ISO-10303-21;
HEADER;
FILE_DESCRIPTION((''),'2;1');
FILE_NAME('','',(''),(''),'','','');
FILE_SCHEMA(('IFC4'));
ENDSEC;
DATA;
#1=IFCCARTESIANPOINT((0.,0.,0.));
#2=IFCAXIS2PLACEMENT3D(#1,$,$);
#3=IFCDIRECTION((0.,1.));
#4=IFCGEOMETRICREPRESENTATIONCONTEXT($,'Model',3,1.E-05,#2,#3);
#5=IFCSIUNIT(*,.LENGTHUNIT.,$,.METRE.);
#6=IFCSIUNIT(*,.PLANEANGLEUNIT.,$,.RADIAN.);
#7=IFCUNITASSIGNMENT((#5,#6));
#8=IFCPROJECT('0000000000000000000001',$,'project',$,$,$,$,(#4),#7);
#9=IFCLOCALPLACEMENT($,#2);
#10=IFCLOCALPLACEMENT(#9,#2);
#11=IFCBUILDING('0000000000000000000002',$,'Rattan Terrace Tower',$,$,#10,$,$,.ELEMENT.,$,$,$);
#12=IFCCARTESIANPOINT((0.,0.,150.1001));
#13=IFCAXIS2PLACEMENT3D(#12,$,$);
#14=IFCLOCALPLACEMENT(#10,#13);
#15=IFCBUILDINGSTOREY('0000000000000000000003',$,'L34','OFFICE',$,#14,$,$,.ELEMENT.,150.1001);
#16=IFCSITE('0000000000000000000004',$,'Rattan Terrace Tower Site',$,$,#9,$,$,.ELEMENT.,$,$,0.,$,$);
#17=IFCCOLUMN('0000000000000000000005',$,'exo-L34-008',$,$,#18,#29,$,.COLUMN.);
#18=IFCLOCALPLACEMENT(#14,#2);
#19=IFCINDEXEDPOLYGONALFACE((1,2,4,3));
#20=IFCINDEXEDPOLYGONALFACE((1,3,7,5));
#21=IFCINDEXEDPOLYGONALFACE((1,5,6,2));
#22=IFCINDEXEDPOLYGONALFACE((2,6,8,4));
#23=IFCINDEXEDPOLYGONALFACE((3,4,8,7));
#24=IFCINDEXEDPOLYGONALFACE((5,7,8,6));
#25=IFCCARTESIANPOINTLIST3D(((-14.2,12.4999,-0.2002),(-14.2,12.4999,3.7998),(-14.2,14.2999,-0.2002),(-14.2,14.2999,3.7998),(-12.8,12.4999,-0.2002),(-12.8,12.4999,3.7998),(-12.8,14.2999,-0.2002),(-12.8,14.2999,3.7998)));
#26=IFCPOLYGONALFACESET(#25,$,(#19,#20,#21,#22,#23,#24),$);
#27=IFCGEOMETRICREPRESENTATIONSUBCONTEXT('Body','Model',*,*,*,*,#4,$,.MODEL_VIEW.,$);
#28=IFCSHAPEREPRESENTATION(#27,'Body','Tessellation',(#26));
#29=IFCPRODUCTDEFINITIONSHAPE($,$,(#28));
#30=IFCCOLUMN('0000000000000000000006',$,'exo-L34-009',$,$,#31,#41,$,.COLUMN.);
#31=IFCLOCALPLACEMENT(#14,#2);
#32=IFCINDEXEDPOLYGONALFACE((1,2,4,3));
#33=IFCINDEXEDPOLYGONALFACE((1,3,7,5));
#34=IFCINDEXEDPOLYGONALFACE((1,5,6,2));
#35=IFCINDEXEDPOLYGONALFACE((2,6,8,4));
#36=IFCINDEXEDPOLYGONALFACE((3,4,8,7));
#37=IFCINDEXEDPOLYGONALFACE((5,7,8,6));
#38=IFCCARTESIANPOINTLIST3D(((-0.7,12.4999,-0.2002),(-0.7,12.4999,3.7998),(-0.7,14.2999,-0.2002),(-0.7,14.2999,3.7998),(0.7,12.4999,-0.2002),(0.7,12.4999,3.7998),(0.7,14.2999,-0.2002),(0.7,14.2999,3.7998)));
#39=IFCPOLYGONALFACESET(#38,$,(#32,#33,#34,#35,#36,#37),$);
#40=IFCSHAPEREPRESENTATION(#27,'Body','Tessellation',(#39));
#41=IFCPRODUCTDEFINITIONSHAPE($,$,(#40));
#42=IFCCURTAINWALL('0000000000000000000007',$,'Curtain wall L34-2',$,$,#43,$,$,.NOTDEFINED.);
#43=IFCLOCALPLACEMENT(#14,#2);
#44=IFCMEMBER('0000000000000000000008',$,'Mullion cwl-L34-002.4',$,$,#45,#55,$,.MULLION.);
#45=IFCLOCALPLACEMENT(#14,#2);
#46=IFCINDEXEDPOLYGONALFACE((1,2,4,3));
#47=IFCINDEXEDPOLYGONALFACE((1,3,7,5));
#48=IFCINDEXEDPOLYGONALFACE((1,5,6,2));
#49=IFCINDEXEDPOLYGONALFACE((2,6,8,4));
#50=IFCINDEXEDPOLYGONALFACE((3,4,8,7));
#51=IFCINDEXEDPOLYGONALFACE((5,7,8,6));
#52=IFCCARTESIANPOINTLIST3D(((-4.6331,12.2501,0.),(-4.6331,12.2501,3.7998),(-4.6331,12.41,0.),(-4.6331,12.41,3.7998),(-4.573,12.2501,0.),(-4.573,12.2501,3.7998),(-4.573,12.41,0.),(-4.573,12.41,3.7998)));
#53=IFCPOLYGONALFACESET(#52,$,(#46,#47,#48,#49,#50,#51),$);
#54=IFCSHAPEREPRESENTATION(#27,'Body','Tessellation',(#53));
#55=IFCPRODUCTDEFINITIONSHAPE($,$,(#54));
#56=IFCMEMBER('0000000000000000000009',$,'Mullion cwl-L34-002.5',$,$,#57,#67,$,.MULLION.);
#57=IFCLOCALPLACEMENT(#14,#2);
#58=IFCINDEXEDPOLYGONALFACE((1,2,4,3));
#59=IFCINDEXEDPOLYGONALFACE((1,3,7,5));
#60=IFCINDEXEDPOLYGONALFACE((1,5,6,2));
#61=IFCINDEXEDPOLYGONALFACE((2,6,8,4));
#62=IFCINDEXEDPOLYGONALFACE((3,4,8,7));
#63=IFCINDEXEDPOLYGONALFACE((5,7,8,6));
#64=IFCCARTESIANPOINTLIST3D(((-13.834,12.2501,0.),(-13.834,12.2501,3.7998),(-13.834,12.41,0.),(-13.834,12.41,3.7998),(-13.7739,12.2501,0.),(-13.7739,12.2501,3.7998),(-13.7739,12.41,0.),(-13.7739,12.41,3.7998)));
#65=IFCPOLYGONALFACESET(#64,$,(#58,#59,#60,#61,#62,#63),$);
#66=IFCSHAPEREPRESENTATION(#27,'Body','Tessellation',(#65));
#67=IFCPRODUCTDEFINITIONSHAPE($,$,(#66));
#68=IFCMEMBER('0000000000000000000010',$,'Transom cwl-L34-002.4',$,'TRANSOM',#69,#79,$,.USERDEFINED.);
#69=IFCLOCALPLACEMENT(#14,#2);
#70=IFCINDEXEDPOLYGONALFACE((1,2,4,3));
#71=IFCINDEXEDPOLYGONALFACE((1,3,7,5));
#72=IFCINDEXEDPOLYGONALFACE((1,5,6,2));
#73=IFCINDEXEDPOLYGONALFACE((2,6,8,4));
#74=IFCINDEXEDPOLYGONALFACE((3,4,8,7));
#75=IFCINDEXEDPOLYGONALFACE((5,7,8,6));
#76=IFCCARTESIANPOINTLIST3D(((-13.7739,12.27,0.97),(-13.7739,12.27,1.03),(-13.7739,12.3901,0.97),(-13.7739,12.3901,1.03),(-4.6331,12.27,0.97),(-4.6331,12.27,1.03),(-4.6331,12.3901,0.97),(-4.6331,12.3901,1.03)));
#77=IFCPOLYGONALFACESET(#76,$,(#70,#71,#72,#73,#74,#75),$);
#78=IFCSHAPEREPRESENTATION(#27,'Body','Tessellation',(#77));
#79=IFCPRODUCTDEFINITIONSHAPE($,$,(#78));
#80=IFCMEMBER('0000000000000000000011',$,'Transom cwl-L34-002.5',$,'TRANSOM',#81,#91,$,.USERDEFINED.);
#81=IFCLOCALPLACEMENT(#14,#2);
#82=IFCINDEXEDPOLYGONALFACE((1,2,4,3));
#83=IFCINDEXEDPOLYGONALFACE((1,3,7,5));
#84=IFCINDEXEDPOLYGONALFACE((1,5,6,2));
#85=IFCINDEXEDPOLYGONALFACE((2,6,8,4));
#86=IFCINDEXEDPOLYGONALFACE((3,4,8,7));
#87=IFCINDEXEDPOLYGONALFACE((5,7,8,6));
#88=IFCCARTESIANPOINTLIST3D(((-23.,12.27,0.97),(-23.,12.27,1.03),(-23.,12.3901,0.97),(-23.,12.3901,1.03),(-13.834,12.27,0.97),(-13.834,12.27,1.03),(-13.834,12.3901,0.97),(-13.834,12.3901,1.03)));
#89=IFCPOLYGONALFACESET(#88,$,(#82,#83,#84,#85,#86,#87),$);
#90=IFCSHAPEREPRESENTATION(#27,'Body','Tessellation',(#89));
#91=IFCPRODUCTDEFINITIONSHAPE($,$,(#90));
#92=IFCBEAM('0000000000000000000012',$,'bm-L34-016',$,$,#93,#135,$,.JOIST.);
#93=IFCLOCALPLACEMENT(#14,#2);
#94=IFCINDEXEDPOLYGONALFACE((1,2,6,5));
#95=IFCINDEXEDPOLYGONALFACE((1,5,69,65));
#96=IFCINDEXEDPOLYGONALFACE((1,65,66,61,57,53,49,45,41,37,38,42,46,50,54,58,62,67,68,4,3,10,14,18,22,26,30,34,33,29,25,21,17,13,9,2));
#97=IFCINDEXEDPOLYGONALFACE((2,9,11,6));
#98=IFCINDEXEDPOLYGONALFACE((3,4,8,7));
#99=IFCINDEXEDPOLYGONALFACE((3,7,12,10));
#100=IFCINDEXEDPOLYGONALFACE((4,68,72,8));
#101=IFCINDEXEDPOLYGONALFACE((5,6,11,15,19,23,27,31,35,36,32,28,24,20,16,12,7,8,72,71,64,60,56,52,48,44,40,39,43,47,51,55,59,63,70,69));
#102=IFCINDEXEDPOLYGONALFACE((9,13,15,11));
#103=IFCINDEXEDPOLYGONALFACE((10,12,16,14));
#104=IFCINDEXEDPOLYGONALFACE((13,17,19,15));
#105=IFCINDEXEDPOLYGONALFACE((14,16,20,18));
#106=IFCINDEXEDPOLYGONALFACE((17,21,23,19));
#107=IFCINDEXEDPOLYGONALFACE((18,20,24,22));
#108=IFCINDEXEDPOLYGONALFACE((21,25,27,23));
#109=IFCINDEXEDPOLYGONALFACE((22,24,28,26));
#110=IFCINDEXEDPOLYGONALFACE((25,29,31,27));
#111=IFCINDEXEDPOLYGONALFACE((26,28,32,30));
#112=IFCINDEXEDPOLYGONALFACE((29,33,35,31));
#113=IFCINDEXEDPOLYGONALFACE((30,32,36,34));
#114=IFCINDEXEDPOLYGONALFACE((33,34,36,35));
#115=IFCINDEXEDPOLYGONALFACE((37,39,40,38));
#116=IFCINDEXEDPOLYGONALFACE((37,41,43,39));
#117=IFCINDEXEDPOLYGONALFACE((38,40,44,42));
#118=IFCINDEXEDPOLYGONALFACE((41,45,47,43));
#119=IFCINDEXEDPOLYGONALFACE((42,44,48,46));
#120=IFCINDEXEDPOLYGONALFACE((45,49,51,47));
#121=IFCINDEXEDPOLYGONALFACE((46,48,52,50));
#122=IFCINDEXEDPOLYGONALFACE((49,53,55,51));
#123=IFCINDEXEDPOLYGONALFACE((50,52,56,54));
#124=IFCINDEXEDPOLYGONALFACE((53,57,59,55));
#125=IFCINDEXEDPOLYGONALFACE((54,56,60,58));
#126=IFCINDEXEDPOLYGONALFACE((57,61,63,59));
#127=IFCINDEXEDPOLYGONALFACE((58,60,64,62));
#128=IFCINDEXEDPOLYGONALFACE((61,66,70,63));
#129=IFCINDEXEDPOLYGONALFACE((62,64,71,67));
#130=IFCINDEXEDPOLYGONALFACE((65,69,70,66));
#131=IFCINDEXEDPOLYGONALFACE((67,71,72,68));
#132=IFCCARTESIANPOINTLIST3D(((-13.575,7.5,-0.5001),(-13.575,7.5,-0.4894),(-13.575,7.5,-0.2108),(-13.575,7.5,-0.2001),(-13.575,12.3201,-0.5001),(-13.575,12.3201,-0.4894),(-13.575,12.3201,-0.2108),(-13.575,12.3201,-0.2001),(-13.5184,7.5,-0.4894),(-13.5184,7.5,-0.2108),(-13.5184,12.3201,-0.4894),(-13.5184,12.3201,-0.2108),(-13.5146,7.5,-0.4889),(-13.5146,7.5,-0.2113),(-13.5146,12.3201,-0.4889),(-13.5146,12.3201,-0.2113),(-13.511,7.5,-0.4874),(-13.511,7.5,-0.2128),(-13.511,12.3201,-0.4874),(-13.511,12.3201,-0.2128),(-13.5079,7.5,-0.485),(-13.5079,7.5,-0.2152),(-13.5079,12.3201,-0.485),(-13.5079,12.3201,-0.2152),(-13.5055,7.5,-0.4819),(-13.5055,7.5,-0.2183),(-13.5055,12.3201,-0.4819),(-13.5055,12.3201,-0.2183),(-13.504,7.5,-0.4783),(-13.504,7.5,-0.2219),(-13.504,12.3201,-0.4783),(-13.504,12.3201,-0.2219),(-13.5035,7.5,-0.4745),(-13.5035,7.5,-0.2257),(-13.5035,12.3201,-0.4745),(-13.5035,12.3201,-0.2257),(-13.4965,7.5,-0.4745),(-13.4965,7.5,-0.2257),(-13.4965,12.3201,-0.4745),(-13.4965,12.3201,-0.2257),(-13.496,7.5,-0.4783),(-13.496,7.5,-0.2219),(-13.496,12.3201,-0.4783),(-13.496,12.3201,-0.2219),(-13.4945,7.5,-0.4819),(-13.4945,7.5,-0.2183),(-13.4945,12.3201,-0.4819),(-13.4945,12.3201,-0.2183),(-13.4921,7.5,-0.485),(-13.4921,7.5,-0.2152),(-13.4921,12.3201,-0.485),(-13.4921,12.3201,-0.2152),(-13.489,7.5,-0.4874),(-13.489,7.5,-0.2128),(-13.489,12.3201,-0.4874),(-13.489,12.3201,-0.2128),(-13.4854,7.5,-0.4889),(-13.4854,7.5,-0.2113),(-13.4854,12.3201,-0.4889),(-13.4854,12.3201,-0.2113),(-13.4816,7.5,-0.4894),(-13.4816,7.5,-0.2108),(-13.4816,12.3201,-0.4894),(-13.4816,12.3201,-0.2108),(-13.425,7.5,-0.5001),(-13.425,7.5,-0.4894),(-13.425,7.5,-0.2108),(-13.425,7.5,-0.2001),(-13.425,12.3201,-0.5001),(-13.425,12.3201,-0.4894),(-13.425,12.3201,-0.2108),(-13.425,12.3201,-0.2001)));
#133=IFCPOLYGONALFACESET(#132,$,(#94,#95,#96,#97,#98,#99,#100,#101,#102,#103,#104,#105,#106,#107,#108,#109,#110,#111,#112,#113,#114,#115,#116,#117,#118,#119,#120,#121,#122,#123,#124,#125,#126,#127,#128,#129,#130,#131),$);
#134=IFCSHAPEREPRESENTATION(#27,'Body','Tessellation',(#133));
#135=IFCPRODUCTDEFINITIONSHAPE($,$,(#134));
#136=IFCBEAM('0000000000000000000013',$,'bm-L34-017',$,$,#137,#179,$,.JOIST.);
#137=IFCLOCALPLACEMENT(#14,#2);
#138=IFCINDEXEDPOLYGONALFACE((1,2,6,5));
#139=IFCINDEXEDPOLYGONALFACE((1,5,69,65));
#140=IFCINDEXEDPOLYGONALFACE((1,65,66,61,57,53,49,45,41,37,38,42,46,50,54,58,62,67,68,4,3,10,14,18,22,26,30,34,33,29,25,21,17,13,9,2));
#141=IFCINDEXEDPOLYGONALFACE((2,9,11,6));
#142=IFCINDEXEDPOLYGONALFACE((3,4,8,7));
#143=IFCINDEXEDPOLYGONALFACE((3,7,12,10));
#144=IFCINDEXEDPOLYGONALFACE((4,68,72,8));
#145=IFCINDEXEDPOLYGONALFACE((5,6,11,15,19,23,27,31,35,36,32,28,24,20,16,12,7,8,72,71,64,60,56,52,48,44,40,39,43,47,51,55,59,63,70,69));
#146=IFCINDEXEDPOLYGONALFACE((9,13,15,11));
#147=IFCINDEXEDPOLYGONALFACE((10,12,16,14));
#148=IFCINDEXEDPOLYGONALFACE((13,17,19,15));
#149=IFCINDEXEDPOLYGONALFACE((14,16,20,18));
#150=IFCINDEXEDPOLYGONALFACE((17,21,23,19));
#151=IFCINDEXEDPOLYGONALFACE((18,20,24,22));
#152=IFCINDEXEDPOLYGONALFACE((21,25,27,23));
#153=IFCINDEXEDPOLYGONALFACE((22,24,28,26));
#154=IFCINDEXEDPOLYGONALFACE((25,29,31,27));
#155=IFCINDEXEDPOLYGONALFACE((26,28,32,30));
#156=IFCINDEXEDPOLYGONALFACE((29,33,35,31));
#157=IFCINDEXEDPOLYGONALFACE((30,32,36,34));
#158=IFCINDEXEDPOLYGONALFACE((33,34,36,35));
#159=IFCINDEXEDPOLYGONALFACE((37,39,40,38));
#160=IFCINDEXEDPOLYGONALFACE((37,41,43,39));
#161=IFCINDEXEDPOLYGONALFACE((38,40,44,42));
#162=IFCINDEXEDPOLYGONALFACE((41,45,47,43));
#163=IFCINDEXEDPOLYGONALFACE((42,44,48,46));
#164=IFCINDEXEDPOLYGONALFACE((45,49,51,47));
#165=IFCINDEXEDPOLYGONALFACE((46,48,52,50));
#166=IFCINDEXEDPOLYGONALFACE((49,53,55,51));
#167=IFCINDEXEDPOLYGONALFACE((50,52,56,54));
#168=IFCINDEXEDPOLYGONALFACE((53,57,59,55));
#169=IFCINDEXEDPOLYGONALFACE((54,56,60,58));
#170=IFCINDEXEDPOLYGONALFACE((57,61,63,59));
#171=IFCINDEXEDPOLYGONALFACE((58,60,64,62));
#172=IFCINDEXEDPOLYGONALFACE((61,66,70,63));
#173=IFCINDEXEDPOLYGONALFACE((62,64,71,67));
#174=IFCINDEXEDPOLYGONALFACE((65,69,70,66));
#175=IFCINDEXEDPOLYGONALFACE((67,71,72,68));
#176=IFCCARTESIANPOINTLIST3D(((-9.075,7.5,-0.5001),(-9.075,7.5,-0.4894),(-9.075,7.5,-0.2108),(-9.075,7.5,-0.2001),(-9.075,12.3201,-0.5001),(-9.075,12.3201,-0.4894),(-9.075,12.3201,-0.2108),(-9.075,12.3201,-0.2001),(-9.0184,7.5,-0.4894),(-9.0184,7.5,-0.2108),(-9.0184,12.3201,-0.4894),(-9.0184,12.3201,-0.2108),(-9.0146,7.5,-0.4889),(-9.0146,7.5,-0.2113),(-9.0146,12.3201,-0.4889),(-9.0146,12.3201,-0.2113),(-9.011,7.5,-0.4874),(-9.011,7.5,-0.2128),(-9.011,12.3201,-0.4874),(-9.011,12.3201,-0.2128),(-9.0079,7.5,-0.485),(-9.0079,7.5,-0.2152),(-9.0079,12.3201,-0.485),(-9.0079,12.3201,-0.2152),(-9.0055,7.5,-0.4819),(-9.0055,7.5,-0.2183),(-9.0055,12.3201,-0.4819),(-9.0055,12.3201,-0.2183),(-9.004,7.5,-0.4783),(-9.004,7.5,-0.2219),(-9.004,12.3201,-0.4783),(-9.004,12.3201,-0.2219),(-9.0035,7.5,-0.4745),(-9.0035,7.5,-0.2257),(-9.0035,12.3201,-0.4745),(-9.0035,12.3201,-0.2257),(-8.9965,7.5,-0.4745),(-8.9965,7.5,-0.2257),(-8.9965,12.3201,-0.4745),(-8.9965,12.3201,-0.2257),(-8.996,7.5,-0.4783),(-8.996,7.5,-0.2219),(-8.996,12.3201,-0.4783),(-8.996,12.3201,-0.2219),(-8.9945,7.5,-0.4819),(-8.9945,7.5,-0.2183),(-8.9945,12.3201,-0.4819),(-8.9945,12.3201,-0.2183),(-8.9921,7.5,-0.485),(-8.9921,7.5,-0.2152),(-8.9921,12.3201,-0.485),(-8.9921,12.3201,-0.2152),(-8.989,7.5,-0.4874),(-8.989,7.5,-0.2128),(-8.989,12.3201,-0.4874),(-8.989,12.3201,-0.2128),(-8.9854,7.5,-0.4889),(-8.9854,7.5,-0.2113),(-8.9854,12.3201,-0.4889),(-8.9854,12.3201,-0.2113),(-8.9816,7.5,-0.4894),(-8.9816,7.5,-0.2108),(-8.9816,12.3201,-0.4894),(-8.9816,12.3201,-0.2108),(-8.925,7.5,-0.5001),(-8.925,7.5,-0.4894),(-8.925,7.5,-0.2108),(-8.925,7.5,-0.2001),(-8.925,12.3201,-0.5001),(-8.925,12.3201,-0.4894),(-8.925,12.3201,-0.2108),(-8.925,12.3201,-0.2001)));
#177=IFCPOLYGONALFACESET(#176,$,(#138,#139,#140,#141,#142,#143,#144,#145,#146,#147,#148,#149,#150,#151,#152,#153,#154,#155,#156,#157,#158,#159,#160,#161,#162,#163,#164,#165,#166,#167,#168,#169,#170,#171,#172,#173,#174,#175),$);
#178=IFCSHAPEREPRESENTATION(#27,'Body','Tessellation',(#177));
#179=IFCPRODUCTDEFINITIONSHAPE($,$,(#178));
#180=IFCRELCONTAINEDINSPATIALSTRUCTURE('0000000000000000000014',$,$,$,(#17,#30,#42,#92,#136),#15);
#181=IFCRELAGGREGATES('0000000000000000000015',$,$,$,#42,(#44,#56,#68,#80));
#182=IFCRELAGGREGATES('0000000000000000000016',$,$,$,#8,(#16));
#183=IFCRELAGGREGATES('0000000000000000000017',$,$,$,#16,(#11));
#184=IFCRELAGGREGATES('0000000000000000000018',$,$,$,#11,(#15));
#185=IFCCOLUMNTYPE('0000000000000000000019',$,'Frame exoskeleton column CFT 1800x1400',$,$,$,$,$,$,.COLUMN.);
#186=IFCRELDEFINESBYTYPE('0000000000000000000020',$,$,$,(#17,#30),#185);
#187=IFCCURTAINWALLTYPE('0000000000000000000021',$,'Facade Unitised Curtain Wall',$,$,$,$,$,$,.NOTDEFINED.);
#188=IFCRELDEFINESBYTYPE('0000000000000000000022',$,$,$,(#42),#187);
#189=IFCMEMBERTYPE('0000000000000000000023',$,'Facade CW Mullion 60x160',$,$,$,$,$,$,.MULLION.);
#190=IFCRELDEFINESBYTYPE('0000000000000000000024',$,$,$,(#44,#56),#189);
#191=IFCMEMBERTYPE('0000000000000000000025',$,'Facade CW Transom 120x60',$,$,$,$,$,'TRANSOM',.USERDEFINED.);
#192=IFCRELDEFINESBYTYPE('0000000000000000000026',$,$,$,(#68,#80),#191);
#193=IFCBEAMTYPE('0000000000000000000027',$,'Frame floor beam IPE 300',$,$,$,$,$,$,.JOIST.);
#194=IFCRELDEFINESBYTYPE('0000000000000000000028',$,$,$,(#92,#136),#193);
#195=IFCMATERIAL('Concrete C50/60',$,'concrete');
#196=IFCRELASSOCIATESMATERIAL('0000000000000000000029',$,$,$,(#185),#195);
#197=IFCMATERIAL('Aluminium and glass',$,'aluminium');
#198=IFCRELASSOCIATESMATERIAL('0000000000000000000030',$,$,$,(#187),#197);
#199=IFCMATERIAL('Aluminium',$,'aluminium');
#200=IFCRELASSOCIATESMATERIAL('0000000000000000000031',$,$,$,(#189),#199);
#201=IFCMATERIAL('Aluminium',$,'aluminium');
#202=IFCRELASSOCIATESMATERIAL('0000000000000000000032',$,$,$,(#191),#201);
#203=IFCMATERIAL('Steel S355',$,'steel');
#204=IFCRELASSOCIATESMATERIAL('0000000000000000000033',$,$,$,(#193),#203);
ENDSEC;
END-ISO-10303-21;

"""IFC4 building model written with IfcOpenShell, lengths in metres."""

from ifc_helpers import new_model, si_unit, direction, frame, origin, origin_2d, place, context, subcontext, project, spatial, rectangle, i_section, extrude, material, material_profile, profile_set, type_object, element, aggregate, save


model = new_model("IFC4")

# Units and contexts
model_context = context("Model", 3, precision=1e-05, world=origin(), true_north=direction((0.0, 1.0)))
body_context = subcontext(model_context, "Body", "Model", "MODEL_VIEW")
ifc_project = project(units=[si_unit("LENGTHUNIT", "METRE"), si_unit("PLANEANGLEUNIT", "RADIAN")], contexts=[model_context])

# Site, building, storey
site_placement = place(None, origin())
site = spatial("IfcSite", under=ifc_project, at=site_placement, Name="Rattan Terrace Tower Site", CompositionType="ELEMENT", RefElevation=0.0)
building_placement = place(site_placement, origin())
building = spatial("IfcBuilding", under=site, at=building_placement, Name="Rattan Terrace Tower", CompositionType="ELEMENT")
storey_placement = place(building_placement, frame((0.0, 0.0, 150.1001)))
storey = spatial("IfcBuildingStorey", under=building, at=storey_placement, Name="L34", Description="OFFICE", CompositionType="ELEMENT", Elevation=150.1001)

# Columns
ifc_material_1 = material(Name="Concrete C50/60", Category="concrete")
ifc_material_profile_1 = material_profile(ifc_material_1, rectangle(XDim=1.3999, YDim=1.8, at=origin_2d()), Name="CFT 1800x1400")
ifc_profile_set_1 = profile_set([ifc_material_profile_1], Name="Concrete C50/60")
column_type = type_object("IfcColumnType", Name="Frame exoskeleton column CFT 1800x1400", PredefinedType="COLUMN", material=ifc_profile_set_1)
for number, where, z_axis, x_axis, name in (
    (1, (-13.5, 13.3999, -0.2002), (0.0, 0.0, 1.0), (1.0, 0.0, 0.0), "exo-L34-008"),
    (2, (0.0, 13.3999, -0.2002), (0.0, 0.0, 1.0), (1.0, 0.0, 0.0), "exo-L34-009"),
):
    element("IfcColumn", number, at=place(storey_placement, frame(where, z_axis=z_axis, x_axis=x_axis)), inside=storey, type_object=column_type, Name=name, PredefinedType="COLUMN", context=body_context, shape_type="SweptSolid", body=[
        extrude(rectangle(XDim=1.3999, YDim=1.8, at=origin_2d()), origin(), (0.0, 0.0, 1.0), 4.0),
    ])

# Curtain wall, members
ifc_material_2 = material(Name="Aluminium and glass", Category="aluminium")
curtain_wall_type = type_object("IfcCurtainWallType", Name="Facade Unitised Curtain Wall", PredefinedType="NOTDEFINED", material=ifc_material_2)
curtain_wall_placement = place(storey_placement, origin())
curtain_wall = element("IfcCurtainWall", 3, at=curtain_wall_placement, inside=storey, type_object=curtain_wall_type, Name="Curtain wall L34-2", PredefinedType="NOTDEFINED")
ifc_material_3 = material(Name="Aluminium", Category="aluminium")
ifc_material_profile_2 = material_profile(ifc_material_3, rectangle(XDim=0.0601, YDim=0.1599, at=origin_2d()), Name="Aluminium 60x160")
ifc_profile_set_2 = profile_set([ifc_material_profile_2], Name="Aluminium")
member_type_1 = type_object("IfcMemberType", Name="Facade CW Mullion 60x160", PredefinedType="MULLION", material=ifc_profile_set_2)
member_1_placement = place(storey_placement, frame((-4.603, 12.3301, 0.0), z_axis=(0.0, 0.0, 1.0), x_axis=(-1.0, 0.0, 0.0)))
member_1 = element("IfcMember", 4, at=member_1_placement, type_object=member_type_1, Name="Mullion cwl-L34-002.4", PredefinedType="MULLION", context=body_context, shape_type="SweptSolid", body=[
    extrude(rectangle(XDim=0.0601, YDim=0.1599, at=origin_2d()), origin(), (0.0, 0.0, 1.0), 3.7998),
])
member_2_placement = place(storey_placement, frame((-13.804, 12.3301, 0.0), z_axis=(0.0, 0.0, 1.0), x_axis=(-1.0, 0.0, 0.0)))
member_2 = element("IfcMember", 5, at=member_2_placement, type_object=member_type_1, Name="Mullion cwl-L34-002.5", PredefinedType="MULLION", context=body_context, shape_type="SweptSolid", body=[
    extrude(rectangle(XDim=0.0601, YDim=0.1599, at=origin_2d()), origin(), (0.0, 0.0, 1.0), 3.7998),
])
ifc_material_4 = material(Name="Aluminium", Category="aluminium")
ifc_material_profile_3 = material_profile(ifc_material_4, rectangle(XDim=0.1201, YDim=0.0601, at=origin_2d()), Name="Aluminium 120x60")
ifc_profile_set_3 = profile_set([ifc_material_profile_3], Name="Aluminium")
member_type_2 = type_object("IfcMemberType", Name="Facade CW Transom 120x60", ElementType="TRANSOM", PredefinedType="USERDEFINED", material=ifc_profile_set_3)
member_3_placement = place(storey_placement, frame((-4.6331, 12.3301, 1.0), z_axis=(-1.0, 0.0, 0.0), x_axis=(0.0, -1.0, 0.0)))
member_3 = element("IfcMember", 6, at=member_3_placement, type_object=member_type_2, Name="Transom cwl-L34-002.4", ObjectType="TRANSOM", PredefinedType="USERDEFINED", context=body_context, shape_type="SweptSolid", body=[
    extrude(rectangle(XDim=0.1201, YDim=0.0601, at=origin_2d()), origin(), (0.0, 0.0, 1.0), 9.1409),
])
member_4_placement = place(storey_placement, frame((-13.834, 12.3301, 1.0), z_axis=(-1.0, 0.0, 0.0), x_axis=(0.0, -1.0, 0.0)))
member_4 = element("IfcMember", 7, at=member_4_placement, type_object=member_type_2, Name="Transom cwl-L34-002.5", ObjectType="TRANSOM", PredefinedType="USERDEFINED", context=body_context, shape_type="SweptSolid", body=[
    extrude(rectangle(XDim=0.1201, YDim=0.0601, at=origin_2d()), origin(), (0.0, 0.0, 1.0), 9.166),
])

# Beams
ifc_material_5 = material(Name="Steel S355", Category="steel")
ifc_material_profile_4 = material_profile(ifc_material_5, i_section(OverallWidth=0.1499, OverallDepth=0.3, WebThickness=0.0071, FlangeThickness=0.0107, FilletRadius=0.0149, at=origin_2d()), Name="IPE 300")
ifc_profile_set_4 = profile_set([ifc_material_profile_4], Name="Steel S355")
beam_type = type_object("IfcBeamType", Name="Frame floor beam IPE 300", PredefinedType="JOIST", material=ifc_profile_set_4)
for number, where, z_axis, x_axis, name in (
    (8, (-13.5, 7.5, -0.3501), (0.0, 1.0, 0.0), (-1.0, 0.0, 0.0), "bm-L34-016"),
    (9, (-9.0, 7.5, -0.3501), (0.0, 1.0, 0.0), (-1.0, 0.0, 0.0), "bm-L34-017"),
):
    element("IfcBeam", number, at=place(storey_placement, frame(where, z_axis=z_axis, x_axis=x_axis)), inside=storey, type_object=beam_type, Name=name, PredefinedType="JOIST", context=body_context, shape_type="SweptSolid", body=[
        extrude(i_section(OverallWidth=0.1499, OverallDepth=0.3, WebThickness=0.0071, FlangeThickness=0.0107, FilletRadius=0.0149, at=origin_2d()), origin(), (0.0, 0.0, 1.0), 4.8201),
    ])

aggregate(curtain_wall, [member_1, member_2, member_3, member_4])

save(model, "model.ifc")
